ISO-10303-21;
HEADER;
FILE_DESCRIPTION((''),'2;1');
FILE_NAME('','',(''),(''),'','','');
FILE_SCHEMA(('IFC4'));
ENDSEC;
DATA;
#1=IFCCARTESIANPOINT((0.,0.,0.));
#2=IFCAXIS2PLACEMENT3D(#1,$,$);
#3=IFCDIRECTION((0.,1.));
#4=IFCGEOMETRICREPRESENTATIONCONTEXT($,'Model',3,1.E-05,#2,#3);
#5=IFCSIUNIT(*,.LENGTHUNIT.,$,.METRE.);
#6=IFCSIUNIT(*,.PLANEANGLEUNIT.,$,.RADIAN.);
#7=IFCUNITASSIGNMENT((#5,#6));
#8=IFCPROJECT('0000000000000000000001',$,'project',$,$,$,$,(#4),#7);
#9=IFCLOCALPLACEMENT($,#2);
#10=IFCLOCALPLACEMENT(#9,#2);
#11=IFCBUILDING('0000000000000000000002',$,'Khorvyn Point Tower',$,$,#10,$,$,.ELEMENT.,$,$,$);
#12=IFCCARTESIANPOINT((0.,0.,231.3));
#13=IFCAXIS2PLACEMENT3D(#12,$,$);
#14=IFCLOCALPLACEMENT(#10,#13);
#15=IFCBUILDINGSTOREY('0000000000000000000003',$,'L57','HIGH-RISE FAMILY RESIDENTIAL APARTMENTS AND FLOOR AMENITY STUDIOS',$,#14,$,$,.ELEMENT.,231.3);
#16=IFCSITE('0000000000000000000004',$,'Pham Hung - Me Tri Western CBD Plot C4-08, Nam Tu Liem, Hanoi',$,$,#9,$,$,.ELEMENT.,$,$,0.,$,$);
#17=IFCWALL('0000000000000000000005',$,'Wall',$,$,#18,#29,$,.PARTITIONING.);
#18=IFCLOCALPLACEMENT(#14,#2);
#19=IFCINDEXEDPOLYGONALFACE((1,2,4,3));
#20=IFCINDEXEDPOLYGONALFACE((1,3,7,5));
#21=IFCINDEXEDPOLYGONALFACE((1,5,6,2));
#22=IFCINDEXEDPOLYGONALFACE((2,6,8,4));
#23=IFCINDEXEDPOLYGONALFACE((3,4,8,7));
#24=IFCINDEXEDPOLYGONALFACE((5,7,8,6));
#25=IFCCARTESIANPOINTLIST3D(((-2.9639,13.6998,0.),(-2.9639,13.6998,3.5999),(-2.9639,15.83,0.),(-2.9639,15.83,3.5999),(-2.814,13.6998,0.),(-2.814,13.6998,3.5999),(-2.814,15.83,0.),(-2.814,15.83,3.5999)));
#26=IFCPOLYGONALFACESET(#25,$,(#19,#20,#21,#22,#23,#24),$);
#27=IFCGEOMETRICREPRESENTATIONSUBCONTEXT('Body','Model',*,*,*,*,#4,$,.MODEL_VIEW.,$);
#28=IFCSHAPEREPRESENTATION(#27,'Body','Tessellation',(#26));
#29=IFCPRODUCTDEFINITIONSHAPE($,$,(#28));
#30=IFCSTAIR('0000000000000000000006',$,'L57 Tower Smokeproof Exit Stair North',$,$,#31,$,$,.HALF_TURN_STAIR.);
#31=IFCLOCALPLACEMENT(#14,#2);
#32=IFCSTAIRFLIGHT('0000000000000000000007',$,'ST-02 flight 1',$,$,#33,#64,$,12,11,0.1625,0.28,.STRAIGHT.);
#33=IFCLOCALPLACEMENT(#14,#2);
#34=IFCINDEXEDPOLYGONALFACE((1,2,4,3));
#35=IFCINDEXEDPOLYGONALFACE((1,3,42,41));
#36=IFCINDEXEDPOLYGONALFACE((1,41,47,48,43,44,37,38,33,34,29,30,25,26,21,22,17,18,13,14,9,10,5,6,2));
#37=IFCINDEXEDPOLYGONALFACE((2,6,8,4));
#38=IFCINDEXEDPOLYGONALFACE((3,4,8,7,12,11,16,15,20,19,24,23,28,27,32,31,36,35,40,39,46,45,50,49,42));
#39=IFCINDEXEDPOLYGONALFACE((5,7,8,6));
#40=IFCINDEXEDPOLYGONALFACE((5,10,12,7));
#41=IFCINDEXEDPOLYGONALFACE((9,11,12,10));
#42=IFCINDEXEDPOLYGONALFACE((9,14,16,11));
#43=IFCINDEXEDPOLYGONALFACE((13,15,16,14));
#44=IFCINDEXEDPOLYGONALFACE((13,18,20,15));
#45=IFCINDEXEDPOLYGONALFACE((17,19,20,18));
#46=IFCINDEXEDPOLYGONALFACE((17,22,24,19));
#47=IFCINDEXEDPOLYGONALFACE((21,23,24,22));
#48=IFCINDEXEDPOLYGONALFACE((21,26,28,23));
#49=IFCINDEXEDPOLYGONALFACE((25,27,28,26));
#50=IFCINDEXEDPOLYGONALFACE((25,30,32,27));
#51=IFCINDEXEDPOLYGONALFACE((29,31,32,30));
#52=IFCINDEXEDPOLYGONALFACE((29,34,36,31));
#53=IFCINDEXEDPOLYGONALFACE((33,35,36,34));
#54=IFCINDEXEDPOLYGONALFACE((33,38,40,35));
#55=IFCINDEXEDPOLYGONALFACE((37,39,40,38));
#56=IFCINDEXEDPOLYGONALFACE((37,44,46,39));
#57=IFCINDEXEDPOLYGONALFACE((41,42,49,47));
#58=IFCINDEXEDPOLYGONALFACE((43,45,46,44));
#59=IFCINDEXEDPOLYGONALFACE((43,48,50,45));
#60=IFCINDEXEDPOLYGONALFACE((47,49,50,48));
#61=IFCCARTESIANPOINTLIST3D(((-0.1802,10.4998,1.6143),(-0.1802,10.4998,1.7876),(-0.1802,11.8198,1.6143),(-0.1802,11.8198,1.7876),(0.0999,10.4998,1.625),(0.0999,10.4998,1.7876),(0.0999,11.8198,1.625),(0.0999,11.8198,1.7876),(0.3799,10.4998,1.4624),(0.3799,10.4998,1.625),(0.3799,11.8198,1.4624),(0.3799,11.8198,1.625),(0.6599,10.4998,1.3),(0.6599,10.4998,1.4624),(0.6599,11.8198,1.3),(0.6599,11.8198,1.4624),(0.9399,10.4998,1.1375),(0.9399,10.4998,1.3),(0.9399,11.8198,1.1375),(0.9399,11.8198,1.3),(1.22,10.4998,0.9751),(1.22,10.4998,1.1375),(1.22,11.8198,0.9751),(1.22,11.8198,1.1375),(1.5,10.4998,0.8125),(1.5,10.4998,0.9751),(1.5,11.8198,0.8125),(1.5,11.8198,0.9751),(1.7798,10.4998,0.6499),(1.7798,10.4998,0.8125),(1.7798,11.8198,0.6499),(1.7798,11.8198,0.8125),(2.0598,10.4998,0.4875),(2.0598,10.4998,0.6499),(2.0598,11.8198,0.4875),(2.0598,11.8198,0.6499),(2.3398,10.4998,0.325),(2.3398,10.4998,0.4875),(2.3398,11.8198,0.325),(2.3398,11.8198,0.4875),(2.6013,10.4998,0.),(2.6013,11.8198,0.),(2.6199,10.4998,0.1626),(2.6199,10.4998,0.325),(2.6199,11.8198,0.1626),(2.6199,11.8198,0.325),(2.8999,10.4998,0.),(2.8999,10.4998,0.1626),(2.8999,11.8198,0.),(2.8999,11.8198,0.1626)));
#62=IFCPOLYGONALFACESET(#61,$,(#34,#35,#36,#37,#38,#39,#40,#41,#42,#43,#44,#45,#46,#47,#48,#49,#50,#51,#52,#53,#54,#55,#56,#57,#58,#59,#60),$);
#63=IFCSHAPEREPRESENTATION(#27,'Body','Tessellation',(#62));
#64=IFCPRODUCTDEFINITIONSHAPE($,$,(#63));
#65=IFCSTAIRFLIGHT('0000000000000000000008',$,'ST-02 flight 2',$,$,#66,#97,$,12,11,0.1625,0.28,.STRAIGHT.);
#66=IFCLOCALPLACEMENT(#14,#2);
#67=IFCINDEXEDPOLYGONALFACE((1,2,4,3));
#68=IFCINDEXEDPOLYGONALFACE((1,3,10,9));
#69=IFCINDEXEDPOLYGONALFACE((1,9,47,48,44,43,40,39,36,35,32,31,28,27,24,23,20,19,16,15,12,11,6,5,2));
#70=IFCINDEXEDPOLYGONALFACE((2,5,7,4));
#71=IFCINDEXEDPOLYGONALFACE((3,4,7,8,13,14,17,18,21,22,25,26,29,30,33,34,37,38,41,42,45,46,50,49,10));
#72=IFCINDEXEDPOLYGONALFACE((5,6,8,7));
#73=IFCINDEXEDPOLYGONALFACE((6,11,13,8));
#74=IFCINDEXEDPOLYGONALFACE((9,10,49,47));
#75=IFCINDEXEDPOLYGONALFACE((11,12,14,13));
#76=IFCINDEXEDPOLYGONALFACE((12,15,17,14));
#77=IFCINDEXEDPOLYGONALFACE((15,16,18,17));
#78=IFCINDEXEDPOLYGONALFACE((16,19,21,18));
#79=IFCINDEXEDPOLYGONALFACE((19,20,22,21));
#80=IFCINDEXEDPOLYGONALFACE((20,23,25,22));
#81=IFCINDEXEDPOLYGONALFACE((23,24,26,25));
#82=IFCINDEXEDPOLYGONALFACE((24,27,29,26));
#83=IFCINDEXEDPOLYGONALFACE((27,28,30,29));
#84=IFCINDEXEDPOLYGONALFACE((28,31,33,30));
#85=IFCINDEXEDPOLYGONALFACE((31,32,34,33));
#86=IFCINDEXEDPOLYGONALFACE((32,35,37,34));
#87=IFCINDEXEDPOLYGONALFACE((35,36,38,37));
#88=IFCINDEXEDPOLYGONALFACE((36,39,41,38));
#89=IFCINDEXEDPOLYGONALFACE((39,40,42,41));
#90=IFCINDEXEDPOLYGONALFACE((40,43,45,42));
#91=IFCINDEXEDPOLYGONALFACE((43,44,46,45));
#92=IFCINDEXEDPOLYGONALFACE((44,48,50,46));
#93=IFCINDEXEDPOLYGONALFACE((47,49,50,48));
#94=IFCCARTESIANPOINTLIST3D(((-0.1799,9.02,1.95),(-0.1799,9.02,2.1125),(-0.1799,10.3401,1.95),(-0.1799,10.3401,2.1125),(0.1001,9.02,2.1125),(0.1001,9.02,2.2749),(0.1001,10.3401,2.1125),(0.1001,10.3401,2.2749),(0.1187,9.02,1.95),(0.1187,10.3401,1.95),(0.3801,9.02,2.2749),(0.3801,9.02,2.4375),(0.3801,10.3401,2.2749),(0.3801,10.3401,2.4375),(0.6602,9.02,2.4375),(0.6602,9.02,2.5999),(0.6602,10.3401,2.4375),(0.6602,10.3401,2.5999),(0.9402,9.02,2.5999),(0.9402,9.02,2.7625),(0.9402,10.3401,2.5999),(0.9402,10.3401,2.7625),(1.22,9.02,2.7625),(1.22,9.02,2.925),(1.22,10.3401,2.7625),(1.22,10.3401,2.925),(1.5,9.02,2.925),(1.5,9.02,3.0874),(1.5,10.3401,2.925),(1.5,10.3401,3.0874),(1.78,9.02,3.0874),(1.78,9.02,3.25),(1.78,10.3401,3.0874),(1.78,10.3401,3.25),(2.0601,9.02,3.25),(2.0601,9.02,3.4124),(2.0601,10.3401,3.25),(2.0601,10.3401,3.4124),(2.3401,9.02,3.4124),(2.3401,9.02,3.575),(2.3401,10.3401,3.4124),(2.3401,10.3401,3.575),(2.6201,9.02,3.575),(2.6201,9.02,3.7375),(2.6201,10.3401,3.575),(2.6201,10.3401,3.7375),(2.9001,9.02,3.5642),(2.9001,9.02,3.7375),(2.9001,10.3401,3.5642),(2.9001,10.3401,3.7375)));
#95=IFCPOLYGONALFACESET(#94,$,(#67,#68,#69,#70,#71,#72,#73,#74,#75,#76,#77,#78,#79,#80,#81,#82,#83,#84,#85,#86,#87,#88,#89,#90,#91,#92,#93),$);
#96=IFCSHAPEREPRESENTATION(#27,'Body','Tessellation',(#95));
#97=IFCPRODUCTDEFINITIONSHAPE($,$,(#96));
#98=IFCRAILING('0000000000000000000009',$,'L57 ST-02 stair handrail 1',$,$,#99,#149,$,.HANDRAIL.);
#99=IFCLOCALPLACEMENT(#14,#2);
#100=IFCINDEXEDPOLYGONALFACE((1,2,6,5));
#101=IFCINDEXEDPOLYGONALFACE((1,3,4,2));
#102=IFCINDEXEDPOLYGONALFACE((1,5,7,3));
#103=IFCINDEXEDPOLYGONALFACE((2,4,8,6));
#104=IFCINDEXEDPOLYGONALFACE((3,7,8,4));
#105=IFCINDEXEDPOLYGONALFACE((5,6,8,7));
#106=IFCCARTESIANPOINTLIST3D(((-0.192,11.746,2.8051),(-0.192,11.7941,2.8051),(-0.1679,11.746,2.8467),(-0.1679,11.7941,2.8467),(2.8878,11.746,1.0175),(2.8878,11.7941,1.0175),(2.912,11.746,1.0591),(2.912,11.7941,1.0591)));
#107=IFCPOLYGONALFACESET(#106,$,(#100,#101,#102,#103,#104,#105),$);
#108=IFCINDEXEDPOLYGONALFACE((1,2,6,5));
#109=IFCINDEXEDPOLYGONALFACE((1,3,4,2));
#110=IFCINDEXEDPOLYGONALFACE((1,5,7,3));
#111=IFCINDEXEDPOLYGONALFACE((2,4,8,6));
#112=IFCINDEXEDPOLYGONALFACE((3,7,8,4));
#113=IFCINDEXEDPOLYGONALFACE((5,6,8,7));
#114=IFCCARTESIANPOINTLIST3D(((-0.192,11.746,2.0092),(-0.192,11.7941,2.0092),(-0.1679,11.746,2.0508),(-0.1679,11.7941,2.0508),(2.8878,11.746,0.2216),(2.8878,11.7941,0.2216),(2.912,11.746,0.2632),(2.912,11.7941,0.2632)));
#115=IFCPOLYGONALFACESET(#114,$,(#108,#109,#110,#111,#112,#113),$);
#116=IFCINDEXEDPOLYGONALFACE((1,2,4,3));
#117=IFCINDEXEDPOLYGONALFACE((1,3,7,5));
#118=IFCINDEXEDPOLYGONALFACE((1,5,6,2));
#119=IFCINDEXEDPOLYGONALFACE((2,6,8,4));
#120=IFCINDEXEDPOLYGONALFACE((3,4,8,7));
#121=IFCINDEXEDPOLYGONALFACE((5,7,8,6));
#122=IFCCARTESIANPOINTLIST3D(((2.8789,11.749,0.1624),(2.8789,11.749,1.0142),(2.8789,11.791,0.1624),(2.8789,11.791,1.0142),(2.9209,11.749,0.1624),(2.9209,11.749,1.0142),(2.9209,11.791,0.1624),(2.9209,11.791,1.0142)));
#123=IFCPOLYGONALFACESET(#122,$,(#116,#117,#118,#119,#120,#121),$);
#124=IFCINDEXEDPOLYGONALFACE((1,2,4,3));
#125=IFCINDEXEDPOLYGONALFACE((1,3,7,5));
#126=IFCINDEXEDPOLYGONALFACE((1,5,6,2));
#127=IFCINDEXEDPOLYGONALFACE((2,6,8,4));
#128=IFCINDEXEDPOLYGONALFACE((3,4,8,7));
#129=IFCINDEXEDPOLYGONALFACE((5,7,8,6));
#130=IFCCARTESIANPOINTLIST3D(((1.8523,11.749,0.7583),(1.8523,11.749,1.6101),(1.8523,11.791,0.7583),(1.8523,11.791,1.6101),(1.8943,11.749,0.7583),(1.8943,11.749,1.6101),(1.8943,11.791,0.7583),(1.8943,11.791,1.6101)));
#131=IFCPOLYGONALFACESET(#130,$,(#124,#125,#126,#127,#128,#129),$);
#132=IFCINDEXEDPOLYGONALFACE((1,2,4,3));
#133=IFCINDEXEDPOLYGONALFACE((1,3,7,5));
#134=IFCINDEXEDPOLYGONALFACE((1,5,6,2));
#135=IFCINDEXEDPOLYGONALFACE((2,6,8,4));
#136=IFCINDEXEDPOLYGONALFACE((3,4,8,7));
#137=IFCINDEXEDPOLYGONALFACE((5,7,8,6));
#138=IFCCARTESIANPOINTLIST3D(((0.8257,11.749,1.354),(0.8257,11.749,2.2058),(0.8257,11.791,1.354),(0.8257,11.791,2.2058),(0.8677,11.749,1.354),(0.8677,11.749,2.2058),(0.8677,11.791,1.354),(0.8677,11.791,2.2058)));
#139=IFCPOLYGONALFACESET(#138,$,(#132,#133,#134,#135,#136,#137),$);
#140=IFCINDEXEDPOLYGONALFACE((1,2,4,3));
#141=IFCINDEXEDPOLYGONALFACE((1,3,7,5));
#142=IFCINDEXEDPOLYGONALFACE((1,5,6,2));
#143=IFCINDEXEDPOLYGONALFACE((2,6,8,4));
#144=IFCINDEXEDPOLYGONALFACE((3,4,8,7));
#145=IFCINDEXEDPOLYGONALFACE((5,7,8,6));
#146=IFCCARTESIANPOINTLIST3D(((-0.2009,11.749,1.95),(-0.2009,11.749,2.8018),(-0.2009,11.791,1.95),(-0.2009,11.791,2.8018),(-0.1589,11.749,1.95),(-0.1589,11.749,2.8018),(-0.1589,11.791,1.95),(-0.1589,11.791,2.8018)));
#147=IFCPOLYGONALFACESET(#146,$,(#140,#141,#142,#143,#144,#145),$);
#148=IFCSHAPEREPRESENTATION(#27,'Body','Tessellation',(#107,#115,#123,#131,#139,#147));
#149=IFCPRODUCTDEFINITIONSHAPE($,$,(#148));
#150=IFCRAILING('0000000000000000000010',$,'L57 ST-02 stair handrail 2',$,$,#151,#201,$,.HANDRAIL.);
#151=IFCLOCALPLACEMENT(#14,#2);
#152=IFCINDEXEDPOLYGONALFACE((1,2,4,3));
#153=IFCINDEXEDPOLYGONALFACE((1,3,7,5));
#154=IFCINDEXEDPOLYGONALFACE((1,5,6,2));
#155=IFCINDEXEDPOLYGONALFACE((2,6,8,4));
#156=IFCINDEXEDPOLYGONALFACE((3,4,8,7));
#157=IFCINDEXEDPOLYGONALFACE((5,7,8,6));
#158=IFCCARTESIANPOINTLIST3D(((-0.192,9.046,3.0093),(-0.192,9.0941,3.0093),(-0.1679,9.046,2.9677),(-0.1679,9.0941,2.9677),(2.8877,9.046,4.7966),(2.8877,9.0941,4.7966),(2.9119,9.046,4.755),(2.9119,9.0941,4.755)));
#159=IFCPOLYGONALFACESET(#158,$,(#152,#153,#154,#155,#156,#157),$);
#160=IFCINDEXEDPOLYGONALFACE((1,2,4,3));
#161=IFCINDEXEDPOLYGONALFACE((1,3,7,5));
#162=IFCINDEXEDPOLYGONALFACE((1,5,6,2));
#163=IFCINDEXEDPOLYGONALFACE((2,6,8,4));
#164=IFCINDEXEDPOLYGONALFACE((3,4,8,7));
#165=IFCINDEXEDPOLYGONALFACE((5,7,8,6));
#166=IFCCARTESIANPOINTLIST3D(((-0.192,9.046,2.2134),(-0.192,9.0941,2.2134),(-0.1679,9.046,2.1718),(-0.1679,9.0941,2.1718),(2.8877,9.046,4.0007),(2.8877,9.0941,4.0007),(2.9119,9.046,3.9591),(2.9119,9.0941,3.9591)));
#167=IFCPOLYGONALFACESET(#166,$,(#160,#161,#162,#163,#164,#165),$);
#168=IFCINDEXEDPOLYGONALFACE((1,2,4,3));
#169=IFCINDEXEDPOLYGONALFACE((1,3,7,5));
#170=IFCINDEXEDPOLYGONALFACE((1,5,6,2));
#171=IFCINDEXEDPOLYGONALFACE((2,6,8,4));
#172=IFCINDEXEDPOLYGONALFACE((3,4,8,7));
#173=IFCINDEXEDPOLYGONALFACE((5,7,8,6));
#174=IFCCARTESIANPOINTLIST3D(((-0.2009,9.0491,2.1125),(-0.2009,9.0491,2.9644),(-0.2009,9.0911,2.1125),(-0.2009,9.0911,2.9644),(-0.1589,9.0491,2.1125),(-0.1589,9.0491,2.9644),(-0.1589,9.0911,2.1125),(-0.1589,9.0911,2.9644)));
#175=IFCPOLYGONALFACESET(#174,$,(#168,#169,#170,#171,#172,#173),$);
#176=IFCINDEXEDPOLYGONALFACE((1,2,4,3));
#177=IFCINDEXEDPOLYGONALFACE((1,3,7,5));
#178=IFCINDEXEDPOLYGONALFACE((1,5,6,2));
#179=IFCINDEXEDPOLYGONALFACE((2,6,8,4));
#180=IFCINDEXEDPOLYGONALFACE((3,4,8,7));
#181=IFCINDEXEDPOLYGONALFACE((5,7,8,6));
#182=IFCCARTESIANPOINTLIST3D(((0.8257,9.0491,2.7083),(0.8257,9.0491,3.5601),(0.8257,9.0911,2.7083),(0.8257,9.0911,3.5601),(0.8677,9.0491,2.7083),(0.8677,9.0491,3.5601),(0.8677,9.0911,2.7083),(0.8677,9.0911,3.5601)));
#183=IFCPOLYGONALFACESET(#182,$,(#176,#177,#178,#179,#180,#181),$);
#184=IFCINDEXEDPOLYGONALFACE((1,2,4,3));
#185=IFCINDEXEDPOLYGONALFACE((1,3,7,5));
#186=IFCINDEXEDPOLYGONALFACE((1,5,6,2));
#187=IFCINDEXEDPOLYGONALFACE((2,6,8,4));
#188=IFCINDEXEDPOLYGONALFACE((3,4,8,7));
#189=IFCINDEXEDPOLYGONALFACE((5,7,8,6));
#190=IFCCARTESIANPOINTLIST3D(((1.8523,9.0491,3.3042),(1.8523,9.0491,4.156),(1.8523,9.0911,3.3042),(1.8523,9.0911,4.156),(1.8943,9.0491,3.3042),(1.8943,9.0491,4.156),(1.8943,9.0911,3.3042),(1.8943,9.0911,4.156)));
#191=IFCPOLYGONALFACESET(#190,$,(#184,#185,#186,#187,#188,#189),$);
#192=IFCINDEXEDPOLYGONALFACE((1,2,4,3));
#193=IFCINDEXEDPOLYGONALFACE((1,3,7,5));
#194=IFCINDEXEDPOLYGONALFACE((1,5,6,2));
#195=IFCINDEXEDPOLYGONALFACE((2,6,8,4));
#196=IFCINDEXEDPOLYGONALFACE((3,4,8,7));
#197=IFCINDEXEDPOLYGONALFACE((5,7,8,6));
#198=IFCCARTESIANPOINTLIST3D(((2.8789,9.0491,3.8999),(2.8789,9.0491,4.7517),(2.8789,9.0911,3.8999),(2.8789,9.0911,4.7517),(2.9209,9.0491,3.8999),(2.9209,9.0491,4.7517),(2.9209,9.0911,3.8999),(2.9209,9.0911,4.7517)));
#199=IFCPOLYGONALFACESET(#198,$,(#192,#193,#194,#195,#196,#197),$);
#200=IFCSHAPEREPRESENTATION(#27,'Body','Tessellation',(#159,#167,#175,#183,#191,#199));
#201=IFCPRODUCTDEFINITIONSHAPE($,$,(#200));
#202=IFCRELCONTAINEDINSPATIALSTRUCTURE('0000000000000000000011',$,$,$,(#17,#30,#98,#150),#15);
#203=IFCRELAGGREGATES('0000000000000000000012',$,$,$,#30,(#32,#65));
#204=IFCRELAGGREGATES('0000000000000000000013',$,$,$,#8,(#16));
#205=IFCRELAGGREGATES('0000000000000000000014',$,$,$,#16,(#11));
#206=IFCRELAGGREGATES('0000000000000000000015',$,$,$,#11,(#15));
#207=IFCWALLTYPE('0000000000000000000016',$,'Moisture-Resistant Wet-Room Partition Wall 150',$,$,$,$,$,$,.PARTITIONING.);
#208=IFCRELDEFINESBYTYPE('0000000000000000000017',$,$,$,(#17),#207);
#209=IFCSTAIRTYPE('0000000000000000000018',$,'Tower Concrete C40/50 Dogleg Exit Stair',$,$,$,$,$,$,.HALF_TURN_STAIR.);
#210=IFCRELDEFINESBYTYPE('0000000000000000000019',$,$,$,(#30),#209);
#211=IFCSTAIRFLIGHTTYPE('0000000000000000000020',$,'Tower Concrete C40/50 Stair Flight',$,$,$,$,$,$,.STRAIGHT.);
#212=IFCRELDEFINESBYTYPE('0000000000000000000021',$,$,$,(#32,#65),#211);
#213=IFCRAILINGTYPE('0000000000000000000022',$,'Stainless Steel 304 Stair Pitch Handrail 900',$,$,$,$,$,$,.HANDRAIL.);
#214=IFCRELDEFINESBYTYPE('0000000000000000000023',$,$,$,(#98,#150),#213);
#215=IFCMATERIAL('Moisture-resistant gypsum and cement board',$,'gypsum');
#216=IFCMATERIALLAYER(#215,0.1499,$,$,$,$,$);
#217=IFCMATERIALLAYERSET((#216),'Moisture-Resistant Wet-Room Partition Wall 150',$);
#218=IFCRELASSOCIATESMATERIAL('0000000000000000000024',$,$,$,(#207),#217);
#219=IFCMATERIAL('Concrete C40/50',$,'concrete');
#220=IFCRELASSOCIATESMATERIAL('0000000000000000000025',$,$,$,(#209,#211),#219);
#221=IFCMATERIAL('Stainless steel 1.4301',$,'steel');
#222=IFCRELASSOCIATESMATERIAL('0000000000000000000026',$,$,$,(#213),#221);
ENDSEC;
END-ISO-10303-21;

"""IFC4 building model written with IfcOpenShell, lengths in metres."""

from ifc_helpers import new_model, si_unit, direction, frame, frame_2d, origin, origin_2d, place, context, subcontext, project, spatial, polyline, rectangle, outline, extrude, material, layer, layer_set, type_object, element, aggregate, save


model = new_model("IFC4")

# Units and contexts
model_context = context("Model", 3, precision=1e-05, world=origin(), true_north=direction((0.0, 1.0)))
body_context = subcontext(model_context, "Body", "Model", "MODEL_VIEW")
ifc_project = project(units=[si_unit("LENGTHUNIT", "METRE"), si_unit("PLANEANGLEUNIT", "RADIAN")], contexts=[model_context])

# Site, building, storey
site_placement = place(None, origin())
site = spatial("IfcSite", under=ifc_project, at=site_placement, Name="Pham Hung - Me Tri Western CBD Plot C4-08, Nam Tu Liem, Hanoi", CompositionType="ELEMENT", RefElevation=0.0)
building_placement = place(site_placement, origin())
building = spatial("IfcBuilding", under=site, at=building_placement, Name="Khorvyn Point Tower", CompositionType="ELEMENT")
storey_placement = place(building_placement, frame((0.0, 0.0, 231.3)))
storey = spatial("IfcBuildingStorey", under=building, at=storey_placement, Name="L57", Description="HIGH-RISE FAMILY RESIDENTIAL APARTMENTS AND FLOOR AMENITY STUDIOS", CompositionType="ELEMENT", Elevation=231.3)

# Shared definitions
ifc_material_1 = material(Name="Concrete C40/50", Category="concrete")

# Shared definitions
ifc_material_2 = material(Name="Moisture-resistant gypsum and cement board", Category="gypsum")
ifc_layer_1 = layer(ifc_material_2, 0.1499)
ifc_layer_set_1 = layer_set([ifc_layer_1], Name="Moisture-Resistant Wet-Room Partition Wall 150")
wall_type_1 = type_object("IfcWallType", Name="Moisture-Resistant Wet-Room Partition Wall 150", PredefinedType="PARTITIONING", material=ifc_layer_set_1)

# Wall
wall_1_placement = place(storey_placement, frame((-2.8889, 13.7, 0.0), z_axis=(0.0, 0.0, 1.0), x_axis=(0.0, 1.0, 0.0)))
element("IfcWall", 1, at=wall_1_placement, inside=storey, type_object=wall_type_1, Name="Wall", PredefinedType="PARTITIONING", context=body_context, shape_type="SweptSolid", body=[
    extrude(rectangle(XDim=2.1301, YDim=0.1499, at=frame_2d((1.0649, 0.0))), origin(), (0.0, 0.0, 1.0), 3.5999),
])

# Stair, stair flights
stair_type = type_object("IfcStairType", Name="Tower Concrete C40/50 Dogleg Exit Stair", PredefinedType="HALF_TURN_STAIR", material=ifc_material_1)
stair_placement = place(storey_placement, origin())
stair = element("IfcStair", 2, at=stair_placement, inside=storey, type_object=stair_type, Name="L57 Tower Smokeproof Exit Stair North", PredefinedType="HALF_TURN_STAIR")
stair_flight_type = type_object("IfcStairFlightType", Name="Tower Concrete C40/50 Stair Flight", PredefinedType="STRAIGHT", material=ifc_material_1)
stair_flight_1_placement = place(storey_placement, frame((2.8999, 11.1599, 0.0), z_axis=(0.0, 0.0, 1.0), x_axis=(-1.0, 0.0, 0.0)))
stair_flight_1 = element("IfcStairFlight", 3, at=stair_flight_1_placement, type_object=stair_flight_type, Name="ST-02 flight 1", NumberOfRisers=12, NumberOfTreads=11, PredefinedType="STRAIGHT", RiserHeight=0.1625, TreadLength=0.28, context=body_context, shape_type="SweptSolid", body=[
    extrude(outline(polyline([(0.0, 0.0), (0.0, 0.1626), (0.28, 0.1626), (0.28, 0.325), (0.5601, 0.325), (0.5601, 0.4875), (0.8401, 0.4875), (0.8401, 0.6499), (1.1201, 0.6499), (1.1201, 0.8125), (1.3999, 0.8125), (1.3999, 0.9751), (1.6799, 0.9751), (1.6799, 1.1375), (1.96, 1.1375), (1.96, 1.3), (2.24, 1.3), (2.24, 1.4624), (2.52, 1.4624), (2.52, 1.625), (2.8, 1.625), (2.8, 1.7876), (3.0801, 1.7876), (3.0801, 1.95), (3.0801, 1.6143), (0.2986, 0.0), (0.0, 0.0)])), frame((0.0, 0.6602, 0.0), z_axis=(0.0, -1.0, 0.0), x_axis=(1.0, 0.0, 0.0)), (0.0, 0.0, 1.0), 1.3201),
])
stair_flight_2_placement = place(storey_placement, frame((-0.1799, 9.6799, 1.95), z_axis=(0.0, 0.0, 1.0), x_axis=(1.0, 0.0, 0.0)))
stair_flight_2 = element("IfcStairFlight", 4, at=stair_flight_2_placement, type_object=stair_flight_type, Name="ST-02 flight 2", NumberOfRisers=12, NumberOfTreads=11, PredefinedType="STRAIGHT", RiserHeight=0.1625, TreadLength=0.28, context=body_context, shape_type="SweptSolid", body=[
    extrude(outline(polyline([(0.0, 0.0), (0.0, 0.1626), (0.28, 0.1626), (0.28, 0.325), (0.5601, 0.325), (0.5601, 0.4875), (0.8401, 0.4875), (0.8401, 0.6499), (1.1201, 0.6499), (1.1201, 0.8125), (1.3999, 0.8125), (1.3999, 0.9751), (1.6799, 0.9751), (1.6799, 1.1375), (1.96, 1.1375), (1.96, 1.3), (2.24, 1.3), (2.24, 1.4624), (2.52, 1.4624), (2.52, 1.625), (2.8, 1.625), (2.8, 1.7876), (3.0801, 1.7876), (3.0801, 1.95), (3.0801, 1.6143), (0.2986, 0.0), (0.0, 0.0)])), frame((0.0, 0.6602, 0.0), z_axis=(0.0, -1.0, 0.0), x_axis=(1.0, 0.0, 0.0)), (0.0, 0.0, 1.0), 1.3201),
])
aggregate(stair, [stair_flight_1, stair_flight_2])

# Railings
ifc_material_3 = material(Name="Stainless steel 1.4301", Category="steel")
railing_type_1 = type_object("IfcRailingType", Name="Stainless Steel 304 Stair Pitch Handrail 900", PredefinedType="HANDRAIL", material=ifc_material_3)
railing_1_placement = place(storey_placement, frame((2.8999, 11.77, 0.1624)))
element("IfcRailing", 5, at=railing_1_placement, inside=storey, type_object=railing_type_1, Name="L57 ST-02 stair handrail 1", PredefinedType="HANDRAIL", context=body_context, shape_type="SweptSolid", body=[
    extrude(rectangle(XDim=0.0481, YDim=0.0481, at=origin_2d()), frame((0.0, 0.0, 0.876), z_axis=(-0.864873, 0.0, 0.50199), x_axis=(0.0, -1.0, 0.0)), (0.0, 0.0, 1.0), 3.561),
    extrude(rectangle(XDim=0.0481, YDim=0.0481, at=origin_2d()), frame((0.0, 0.0, 0.0801), z_axis=(-0.864873, 0.0, 0.50199), x_axis=(0.0, -1.0, 0.0)), (0.0, 0.0, 1.0), 3.561),
    extrude(rectangle(XDim=0.042, YDim=0.042, at=origin_2d()), origin(), (0.0, 0.0, 1.0), 0.8518),
    extrude(rectangle(XDim=0.042, YDim=0.042, at=origin_2d()), frame((-1.0266, 0.0, 0.5959)), (0.0, 0.0, 1.0), 0.8518),
    extrude(rectangle(XDim=0.042, YDim=0.042, at=origin_2d()), frame((-2.0532, 0.0, 1.1917)), (0.0, 0.0, 1.0), 0.8518),
    extrude(rectangle(XDim=0.042, YDim=0.042, at=origin_2d()), frame((-3.0798, 0.0, 1.7876)), (0.0, 0.0, 1.0), 0.8518),
])
railing_2_placement = place(storey_placement, frame((-0.1799, 9.0701, 2.1125)))
element("IfcRailing", 6, at=railing_2_placement, inside=storey, type_object=railing_type_1, Name="L57 ST-02 stair handrail 2", PredefinedType="HANDRAIL", context=body_context, shape_type="SweptSolid", body=[
    extrude(rectangle(XDim=0.0481, YDim=0.0481, at=origin_2d()), frame((0.0, 0.0, 0.876), z_axis=(0.864903, 0.0, 0.501939), x_axis=(0.0, 1.0, 0.0)), (0.0, 0.0, 1.0), 3.5608),
    extrude(rectangle(XDim=0.0481, YDim=0.0481, at=origin_2d()), frame((0.0, 0.0, 0.0801), z_axis=(0.864903, 0.0, 0.501939), x_axis=(0.0, 1.0, 0.0)), (0.0, 0.0, 1.0), 3.5608),
    extrude(rectangle(XDim=0.042, YDim=0.042, at=origin_2d()), origin(), (0.0, 0.0, 1.0), 0.8518),
    extrude(rectangle(XDim=0.042, YDim=0.042, at=origin_2d()), frame((1.0266, 0.0, 0.5957)), (0.0, 0.0, 1.0), 0.8518),
    extrude(rectangle(XDim=0.042, YDim=0.042, at=origin_2d()), frame((2.0532, 0.0, 1.1917)), (0.0, 0.0, 1.0), 0.8518),
    extrude(rectangle(XDim=0.042, YDim=0.042, at=origin_2d()), frame((3.0798, 0.0, 1.7874)), (0.0, 0.0, 1.0), 0.8518),
])

save(model, "model.ifc")
